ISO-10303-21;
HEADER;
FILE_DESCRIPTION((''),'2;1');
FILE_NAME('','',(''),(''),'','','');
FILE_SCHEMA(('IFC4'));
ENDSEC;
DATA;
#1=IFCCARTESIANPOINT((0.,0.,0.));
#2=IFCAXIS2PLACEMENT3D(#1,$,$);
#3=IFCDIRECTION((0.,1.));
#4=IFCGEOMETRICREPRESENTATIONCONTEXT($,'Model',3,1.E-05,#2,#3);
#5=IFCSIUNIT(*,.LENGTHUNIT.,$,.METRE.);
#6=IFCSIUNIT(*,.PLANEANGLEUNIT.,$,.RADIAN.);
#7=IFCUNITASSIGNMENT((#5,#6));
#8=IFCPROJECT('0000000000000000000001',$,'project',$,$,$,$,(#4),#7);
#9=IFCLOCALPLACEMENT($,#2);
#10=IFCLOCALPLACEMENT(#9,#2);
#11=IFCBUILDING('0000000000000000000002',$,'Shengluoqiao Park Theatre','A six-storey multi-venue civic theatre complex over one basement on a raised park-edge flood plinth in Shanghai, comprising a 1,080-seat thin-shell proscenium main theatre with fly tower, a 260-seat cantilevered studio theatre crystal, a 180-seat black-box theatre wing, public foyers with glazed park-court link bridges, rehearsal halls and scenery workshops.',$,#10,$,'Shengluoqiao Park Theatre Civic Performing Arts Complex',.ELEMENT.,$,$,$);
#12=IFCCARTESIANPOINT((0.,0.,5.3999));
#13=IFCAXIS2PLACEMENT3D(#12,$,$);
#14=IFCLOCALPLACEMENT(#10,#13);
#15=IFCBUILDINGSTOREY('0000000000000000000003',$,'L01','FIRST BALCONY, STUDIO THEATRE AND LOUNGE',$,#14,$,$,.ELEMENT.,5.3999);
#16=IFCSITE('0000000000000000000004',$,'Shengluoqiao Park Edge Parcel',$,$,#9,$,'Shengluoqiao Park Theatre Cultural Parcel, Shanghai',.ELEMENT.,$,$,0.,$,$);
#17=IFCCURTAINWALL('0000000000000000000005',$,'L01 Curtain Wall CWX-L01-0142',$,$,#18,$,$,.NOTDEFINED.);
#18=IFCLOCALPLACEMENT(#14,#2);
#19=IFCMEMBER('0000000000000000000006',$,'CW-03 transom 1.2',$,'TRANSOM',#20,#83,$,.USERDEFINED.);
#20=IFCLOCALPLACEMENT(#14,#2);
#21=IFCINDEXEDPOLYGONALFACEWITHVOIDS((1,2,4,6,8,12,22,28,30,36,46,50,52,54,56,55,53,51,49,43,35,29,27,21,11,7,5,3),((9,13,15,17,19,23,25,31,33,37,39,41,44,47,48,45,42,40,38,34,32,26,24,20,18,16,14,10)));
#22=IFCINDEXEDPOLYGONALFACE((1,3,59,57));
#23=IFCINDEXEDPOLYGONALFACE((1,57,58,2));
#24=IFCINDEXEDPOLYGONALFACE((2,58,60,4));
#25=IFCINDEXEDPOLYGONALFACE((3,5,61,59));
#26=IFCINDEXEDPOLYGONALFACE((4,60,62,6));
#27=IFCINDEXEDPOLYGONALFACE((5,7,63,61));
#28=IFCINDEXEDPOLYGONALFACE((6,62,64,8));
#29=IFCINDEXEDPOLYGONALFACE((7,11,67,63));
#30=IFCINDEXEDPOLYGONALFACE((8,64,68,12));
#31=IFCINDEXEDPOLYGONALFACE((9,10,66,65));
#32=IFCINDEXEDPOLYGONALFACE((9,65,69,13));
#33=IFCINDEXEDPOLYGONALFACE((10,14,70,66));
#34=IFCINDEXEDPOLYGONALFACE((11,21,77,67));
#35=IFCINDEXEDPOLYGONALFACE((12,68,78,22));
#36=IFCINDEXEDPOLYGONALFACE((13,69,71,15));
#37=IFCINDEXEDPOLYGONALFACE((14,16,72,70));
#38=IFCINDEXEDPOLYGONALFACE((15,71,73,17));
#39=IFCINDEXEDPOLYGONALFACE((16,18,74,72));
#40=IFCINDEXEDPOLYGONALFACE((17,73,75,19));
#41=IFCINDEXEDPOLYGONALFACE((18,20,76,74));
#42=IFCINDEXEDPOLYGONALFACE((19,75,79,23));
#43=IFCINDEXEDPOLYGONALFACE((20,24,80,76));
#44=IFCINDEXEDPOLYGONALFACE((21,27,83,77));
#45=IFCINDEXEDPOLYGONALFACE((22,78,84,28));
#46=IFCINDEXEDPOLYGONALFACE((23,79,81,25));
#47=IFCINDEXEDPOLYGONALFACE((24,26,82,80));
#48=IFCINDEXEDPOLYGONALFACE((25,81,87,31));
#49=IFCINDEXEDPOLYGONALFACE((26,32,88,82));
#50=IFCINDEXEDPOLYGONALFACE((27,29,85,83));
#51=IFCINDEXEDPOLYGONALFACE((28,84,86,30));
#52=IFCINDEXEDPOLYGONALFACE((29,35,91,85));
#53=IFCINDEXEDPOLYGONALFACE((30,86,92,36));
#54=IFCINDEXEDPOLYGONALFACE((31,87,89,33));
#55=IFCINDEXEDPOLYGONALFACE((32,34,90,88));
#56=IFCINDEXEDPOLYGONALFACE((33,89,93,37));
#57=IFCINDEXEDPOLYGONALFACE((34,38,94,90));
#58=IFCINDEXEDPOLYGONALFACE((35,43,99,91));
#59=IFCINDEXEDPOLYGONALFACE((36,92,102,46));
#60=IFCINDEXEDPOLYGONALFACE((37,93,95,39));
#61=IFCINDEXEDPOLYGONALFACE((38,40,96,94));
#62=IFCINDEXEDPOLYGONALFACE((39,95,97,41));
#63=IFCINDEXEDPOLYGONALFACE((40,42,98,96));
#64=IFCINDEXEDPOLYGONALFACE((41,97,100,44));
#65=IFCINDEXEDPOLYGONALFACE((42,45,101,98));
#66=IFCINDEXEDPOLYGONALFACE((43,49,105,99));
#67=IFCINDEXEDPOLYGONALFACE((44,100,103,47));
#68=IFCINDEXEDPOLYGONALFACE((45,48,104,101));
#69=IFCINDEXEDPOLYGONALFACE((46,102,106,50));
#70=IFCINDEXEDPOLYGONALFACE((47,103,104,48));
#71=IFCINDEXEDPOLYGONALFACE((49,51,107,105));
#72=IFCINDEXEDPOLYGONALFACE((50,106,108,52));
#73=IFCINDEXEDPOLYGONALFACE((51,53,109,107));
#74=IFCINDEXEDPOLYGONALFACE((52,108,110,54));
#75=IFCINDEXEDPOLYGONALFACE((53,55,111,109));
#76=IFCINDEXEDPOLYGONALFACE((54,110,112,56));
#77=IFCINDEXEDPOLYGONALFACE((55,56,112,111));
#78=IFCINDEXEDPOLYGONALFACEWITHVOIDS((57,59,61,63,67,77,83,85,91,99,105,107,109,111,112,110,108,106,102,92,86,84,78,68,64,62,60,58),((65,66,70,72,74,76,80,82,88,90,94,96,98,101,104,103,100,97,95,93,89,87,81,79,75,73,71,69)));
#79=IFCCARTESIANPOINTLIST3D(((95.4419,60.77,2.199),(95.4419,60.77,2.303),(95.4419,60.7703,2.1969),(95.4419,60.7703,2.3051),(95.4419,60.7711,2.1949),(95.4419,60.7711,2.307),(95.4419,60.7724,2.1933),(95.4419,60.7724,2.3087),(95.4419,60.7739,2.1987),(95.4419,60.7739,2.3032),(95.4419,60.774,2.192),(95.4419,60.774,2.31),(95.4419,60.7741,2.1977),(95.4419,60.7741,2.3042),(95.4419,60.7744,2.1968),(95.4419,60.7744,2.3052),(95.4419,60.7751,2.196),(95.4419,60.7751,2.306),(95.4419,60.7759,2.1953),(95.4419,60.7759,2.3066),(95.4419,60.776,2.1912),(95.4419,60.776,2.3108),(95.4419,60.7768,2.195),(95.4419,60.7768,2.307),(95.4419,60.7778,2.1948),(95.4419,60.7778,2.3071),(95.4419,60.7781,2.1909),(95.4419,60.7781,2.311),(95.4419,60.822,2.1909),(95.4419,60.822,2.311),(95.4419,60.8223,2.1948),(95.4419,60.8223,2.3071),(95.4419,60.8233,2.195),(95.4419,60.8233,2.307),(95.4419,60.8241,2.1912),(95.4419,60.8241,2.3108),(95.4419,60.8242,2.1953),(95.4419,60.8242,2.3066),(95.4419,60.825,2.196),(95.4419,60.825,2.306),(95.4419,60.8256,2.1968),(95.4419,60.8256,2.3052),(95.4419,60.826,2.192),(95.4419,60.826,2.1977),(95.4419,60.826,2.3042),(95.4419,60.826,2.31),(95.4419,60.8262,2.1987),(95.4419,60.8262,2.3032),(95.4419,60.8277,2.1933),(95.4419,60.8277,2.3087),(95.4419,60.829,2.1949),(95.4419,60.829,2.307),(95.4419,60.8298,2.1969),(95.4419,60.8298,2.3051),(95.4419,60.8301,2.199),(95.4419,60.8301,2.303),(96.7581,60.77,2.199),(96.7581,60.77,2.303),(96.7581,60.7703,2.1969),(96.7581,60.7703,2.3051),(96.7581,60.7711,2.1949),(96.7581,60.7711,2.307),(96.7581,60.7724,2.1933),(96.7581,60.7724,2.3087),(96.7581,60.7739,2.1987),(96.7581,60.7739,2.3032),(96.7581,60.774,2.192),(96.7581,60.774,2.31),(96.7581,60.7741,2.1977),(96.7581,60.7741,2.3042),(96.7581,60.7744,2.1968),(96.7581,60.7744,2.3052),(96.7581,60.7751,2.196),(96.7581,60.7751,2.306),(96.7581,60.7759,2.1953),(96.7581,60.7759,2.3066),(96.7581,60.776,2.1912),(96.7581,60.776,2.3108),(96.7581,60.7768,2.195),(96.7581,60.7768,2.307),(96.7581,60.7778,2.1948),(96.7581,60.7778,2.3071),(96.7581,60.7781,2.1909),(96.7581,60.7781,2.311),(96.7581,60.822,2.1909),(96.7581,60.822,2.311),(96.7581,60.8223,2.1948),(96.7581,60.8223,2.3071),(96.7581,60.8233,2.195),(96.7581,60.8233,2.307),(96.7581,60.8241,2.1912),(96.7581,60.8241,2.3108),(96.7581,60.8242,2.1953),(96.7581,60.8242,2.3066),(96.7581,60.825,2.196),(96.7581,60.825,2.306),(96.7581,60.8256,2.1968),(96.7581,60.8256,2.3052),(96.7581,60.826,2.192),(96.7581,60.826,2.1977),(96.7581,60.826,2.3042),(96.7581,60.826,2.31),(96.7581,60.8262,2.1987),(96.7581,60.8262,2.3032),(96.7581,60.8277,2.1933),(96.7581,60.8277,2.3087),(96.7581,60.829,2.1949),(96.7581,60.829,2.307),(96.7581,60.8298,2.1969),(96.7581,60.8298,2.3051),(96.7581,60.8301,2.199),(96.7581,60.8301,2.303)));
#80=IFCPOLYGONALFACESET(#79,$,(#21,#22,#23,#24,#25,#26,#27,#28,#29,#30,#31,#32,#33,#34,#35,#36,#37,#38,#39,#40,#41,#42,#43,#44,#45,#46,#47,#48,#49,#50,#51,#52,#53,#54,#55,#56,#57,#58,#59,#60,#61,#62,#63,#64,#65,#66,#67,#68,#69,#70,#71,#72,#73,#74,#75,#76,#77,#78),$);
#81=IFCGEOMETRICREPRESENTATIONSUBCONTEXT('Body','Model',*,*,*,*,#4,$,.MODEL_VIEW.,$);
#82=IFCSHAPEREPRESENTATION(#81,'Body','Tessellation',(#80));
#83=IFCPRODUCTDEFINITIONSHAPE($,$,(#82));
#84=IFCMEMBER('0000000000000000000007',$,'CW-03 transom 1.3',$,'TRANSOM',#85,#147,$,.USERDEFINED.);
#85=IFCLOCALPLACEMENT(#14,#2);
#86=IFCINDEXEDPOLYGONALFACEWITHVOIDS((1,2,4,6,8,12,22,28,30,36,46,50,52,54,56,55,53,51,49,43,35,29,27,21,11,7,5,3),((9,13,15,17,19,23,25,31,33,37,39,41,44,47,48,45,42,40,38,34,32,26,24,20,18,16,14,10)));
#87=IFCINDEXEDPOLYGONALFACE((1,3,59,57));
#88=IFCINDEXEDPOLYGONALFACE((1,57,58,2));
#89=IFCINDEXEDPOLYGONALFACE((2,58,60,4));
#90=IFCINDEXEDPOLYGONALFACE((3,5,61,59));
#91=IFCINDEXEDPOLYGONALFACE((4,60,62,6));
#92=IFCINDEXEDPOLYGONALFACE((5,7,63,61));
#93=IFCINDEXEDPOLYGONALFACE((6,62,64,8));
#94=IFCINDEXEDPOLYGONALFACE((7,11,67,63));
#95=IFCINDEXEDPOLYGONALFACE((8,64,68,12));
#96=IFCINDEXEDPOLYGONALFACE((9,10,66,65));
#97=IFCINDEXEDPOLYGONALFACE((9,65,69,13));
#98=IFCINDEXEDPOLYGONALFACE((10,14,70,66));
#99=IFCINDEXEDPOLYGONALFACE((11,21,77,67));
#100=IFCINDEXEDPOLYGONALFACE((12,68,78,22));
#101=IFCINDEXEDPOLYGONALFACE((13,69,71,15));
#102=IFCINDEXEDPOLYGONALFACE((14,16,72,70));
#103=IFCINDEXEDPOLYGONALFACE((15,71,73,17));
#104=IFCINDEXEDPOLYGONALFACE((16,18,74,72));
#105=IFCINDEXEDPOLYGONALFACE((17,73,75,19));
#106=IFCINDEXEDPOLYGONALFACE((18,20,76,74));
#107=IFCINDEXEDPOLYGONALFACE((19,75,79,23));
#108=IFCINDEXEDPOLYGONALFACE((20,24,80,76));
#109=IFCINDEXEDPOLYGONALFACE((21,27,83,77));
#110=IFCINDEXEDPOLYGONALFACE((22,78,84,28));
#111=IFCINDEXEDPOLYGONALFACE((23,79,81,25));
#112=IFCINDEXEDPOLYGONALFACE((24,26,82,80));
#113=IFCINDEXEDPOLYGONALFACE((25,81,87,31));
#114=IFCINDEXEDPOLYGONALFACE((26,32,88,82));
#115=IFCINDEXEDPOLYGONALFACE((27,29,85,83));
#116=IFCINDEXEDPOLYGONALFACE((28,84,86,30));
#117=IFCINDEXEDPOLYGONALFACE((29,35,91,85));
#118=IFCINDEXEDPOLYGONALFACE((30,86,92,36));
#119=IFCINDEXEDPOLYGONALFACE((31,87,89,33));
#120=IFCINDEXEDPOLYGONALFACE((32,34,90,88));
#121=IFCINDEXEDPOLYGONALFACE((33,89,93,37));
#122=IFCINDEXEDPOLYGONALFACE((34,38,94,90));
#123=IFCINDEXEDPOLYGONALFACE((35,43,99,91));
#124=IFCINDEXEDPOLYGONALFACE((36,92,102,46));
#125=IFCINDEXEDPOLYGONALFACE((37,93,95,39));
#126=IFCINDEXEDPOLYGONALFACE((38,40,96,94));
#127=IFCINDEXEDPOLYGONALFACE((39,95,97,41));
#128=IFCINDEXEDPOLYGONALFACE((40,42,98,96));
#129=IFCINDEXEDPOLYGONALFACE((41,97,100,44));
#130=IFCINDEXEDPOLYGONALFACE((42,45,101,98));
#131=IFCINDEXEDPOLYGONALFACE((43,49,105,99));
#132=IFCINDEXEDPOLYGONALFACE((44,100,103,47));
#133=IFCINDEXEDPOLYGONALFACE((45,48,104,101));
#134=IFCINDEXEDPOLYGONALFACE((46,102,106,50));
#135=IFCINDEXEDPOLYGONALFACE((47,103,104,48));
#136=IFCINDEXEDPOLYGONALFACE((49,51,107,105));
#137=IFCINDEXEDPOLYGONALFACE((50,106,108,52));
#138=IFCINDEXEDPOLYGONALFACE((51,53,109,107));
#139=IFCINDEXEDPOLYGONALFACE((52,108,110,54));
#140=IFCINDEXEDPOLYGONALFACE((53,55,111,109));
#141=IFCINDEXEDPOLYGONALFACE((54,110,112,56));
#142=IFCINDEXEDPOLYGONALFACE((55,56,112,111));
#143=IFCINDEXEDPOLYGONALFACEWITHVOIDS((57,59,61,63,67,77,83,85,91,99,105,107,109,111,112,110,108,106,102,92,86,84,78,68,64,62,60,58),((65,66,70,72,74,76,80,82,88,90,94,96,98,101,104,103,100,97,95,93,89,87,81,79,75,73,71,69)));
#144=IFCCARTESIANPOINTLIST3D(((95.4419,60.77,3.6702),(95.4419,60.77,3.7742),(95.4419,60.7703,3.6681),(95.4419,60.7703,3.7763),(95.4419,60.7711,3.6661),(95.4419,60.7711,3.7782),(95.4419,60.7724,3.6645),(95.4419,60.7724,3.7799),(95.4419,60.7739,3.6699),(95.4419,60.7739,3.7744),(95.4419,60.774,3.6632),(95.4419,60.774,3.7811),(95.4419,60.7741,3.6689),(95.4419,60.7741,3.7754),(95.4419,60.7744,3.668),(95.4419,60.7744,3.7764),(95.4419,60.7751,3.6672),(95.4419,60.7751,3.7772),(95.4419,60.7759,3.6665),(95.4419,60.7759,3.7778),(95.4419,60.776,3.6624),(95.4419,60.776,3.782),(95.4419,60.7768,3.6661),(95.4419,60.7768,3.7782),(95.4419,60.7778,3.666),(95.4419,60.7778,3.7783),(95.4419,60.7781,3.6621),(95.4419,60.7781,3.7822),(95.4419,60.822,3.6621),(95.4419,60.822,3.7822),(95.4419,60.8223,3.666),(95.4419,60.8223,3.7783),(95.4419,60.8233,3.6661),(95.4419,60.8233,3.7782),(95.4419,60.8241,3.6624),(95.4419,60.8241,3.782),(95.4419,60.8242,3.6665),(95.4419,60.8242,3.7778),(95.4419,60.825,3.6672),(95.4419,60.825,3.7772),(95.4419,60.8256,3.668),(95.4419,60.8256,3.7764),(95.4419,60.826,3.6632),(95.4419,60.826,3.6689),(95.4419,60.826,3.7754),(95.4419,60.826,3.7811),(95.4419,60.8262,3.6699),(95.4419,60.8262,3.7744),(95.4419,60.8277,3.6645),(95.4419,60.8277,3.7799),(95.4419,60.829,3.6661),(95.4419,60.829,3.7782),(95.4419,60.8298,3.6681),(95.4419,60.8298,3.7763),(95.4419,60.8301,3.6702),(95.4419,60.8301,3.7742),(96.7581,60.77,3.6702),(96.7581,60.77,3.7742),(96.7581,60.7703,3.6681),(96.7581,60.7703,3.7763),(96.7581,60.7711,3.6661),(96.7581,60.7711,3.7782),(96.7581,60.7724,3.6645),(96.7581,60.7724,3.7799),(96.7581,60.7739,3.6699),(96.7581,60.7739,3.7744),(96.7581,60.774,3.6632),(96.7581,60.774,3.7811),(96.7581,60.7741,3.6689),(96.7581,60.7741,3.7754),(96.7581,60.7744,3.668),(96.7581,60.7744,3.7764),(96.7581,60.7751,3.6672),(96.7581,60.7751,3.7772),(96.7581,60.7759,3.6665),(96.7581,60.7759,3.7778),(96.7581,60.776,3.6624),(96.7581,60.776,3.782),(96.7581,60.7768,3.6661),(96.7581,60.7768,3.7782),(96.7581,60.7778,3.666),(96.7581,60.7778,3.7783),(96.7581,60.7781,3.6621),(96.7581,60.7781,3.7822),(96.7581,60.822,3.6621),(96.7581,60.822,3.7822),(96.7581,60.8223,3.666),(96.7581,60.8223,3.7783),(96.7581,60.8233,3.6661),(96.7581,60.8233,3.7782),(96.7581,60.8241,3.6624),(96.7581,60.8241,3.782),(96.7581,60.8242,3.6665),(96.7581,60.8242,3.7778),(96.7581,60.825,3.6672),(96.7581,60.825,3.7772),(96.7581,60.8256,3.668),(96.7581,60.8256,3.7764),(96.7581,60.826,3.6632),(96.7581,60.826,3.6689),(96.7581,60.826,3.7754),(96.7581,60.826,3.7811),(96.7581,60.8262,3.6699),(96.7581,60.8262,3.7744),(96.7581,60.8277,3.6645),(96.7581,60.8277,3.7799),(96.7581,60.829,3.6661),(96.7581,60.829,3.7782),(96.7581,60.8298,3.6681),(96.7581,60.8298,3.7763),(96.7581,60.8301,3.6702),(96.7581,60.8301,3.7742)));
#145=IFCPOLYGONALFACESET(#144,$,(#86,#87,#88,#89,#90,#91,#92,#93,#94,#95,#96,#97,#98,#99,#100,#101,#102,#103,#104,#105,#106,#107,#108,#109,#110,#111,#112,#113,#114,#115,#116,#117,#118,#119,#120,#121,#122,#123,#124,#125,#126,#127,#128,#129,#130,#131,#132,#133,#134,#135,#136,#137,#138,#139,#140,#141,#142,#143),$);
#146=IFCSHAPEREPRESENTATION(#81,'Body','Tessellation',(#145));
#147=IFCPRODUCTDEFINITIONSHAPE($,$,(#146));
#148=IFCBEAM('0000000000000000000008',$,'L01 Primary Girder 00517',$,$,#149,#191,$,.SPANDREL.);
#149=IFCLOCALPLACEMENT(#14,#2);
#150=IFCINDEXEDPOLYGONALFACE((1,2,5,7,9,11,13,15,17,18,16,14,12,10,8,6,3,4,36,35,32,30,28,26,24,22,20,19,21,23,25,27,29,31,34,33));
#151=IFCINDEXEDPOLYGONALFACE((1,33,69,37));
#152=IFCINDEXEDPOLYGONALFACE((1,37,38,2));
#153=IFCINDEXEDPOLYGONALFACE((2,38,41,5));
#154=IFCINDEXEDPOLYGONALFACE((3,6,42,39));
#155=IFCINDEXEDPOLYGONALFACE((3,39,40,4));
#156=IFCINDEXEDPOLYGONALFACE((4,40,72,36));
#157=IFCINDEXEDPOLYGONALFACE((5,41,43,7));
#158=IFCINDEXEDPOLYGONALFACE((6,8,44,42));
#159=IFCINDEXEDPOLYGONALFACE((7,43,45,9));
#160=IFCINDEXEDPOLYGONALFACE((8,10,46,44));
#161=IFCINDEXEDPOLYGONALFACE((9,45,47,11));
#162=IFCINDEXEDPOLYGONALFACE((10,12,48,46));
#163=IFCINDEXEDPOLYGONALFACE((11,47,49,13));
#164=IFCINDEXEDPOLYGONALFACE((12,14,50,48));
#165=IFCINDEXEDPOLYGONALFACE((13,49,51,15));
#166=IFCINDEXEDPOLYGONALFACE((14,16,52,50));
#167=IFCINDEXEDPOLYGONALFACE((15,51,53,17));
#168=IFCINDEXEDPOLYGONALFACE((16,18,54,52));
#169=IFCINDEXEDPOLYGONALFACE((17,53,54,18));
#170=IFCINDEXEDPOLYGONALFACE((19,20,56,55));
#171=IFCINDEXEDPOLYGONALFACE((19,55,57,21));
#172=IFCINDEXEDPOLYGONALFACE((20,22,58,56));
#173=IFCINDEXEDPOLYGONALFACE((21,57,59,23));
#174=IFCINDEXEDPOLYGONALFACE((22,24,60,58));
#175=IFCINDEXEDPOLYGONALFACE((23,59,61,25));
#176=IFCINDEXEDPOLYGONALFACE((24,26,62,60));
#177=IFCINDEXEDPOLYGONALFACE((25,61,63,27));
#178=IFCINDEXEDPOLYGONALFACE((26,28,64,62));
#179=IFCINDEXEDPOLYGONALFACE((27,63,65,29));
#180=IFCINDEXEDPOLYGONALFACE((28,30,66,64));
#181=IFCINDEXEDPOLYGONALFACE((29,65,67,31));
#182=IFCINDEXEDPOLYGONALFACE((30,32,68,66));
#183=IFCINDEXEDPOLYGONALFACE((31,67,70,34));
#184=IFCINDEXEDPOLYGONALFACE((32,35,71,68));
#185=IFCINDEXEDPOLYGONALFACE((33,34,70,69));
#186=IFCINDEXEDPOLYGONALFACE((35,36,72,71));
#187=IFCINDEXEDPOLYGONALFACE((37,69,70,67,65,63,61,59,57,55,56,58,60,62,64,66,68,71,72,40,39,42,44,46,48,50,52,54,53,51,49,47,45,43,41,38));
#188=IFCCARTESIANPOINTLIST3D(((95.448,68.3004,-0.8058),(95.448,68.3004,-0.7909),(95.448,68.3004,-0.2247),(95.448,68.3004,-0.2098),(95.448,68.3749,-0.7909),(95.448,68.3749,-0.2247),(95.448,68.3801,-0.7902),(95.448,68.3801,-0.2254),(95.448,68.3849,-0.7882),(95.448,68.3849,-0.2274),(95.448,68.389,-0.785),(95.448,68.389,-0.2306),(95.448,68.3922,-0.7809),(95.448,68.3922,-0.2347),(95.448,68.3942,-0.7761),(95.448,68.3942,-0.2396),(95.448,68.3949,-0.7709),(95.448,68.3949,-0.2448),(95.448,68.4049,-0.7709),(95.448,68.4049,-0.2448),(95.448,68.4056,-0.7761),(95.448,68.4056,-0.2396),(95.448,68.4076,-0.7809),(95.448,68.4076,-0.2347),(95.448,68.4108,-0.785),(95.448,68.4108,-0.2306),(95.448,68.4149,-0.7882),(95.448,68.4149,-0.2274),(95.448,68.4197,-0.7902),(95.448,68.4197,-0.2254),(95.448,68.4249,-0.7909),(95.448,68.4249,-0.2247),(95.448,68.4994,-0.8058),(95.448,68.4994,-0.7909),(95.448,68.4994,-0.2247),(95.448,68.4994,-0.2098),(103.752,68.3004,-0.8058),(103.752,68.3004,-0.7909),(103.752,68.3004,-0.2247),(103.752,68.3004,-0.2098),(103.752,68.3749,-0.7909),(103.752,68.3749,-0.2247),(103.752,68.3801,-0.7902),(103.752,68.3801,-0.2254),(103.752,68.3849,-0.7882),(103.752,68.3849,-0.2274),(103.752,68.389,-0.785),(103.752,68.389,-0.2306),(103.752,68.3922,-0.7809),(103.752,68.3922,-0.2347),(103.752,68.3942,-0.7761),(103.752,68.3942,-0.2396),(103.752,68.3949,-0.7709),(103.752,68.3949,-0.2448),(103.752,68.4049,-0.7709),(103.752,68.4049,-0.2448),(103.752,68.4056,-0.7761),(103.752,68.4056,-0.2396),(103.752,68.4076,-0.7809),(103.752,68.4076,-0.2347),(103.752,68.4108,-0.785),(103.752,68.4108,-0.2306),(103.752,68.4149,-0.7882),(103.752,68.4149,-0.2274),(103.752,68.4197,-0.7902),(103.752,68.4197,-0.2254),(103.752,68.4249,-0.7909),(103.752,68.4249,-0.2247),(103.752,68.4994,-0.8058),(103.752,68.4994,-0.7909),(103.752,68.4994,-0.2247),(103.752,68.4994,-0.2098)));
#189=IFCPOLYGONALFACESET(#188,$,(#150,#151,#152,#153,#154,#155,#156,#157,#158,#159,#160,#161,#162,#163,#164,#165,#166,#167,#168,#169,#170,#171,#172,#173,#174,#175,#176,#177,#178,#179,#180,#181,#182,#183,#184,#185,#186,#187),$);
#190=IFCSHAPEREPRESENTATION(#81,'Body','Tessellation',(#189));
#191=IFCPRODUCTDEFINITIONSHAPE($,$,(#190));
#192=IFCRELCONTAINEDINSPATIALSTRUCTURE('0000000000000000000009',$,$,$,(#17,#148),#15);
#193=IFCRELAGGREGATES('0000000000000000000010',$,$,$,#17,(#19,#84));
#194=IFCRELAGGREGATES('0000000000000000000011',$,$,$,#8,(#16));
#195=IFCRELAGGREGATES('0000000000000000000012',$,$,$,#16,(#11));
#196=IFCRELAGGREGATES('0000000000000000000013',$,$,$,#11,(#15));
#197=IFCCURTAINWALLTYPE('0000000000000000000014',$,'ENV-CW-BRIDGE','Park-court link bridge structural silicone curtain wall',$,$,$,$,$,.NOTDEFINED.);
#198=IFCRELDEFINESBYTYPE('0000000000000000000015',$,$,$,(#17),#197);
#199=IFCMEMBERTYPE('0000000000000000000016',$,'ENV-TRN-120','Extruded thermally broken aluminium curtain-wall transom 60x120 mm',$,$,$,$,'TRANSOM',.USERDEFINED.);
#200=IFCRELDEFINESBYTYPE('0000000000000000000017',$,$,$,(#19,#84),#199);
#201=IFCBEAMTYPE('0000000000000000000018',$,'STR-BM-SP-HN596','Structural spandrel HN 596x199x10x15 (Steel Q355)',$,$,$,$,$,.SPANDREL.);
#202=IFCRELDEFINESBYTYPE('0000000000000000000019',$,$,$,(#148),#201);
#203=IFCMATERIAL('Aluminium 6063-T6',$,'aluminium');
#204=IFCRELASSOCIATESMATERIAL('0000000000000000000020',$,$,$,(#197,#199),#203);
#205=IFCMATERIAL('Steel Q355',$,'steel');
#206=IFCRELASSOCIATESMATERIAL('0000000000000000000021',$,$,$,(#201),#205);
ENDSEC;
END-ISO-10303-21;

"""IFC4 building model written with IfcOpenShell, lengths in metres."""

from ifc_helpers import new_model, si_unit, direction, frame, origin, origin_2d, place, context, subcontext, project, spatial, hollow_rectangle, i_section, extrude, material, material_profile, profile_set, type_object, element, aggregate, save


model = new_model("IFC4")

# Units and contexts
model_context = context("Model", 3, precision=1e-05, world=origin(), true_north=direction((0.0, 1.0)))
body_context = subcontext(model_context, "Body", "Model", "MODEL_VIEW")
ifc_project = project(units=[si_unit("LENGTHUNIT", "METRE"), si_unit("PLANEANGLEUNIT", "RADIAN")], contexts=[model_context])

# Site, building, storey
site_placement = place(None, origin())
site = spatial("IfcSite", under=ifc_project, at=site_placement, Name="Shengluoqiao Park Edge Parcel", LongName="Shengluoqiao Park Theatre Cultural Parcel, Shanghai", CompositionType="ELEMENT", RefElevation=0.0)
building_placement = place(site_placement, origin())
building = spatial("IfcBuilding", under=site, at=building_placement, Name="Shengluoqiao Park Theatre", Description="A six-storey multi-venue civic theatre complex over one basement on a raised park-edge flood plinth in Shanghai, comprising a 1,080-seat thin-shell proscenium main theatre with fly tower, a 260-seat cantilevered studio theatre crystal, a 180-seat black-box theatre wing, public foyers with glazed park-court link bridges, rehearsal halls and scenery workshops.", LongName="Shengluoqiao Park Theatre Civic Performing Arts Complex", CompositionType="ELEMENT")
storey_placement = place(building_placement, frame((0.0, 0.0, 5.3999)))
storey = spatial("IfcBuildingStorey", under=building, at=storey_placement, Name="L01", Description="FIRST BALCONY, STUDIO THEATRE AND LOUNGE", CompositionType="ELEMENT", Elevation=5.3999)

# Shared definitions
ifc_material_1 = material(Name="Steel Q355", Category="steel")

# Shared definitions
ifc_material_2 = material(Name="Aluminium 6063-T6", Category="aluminium")
curtain_wall_type = type_object("IfcCurtainWallType", Name="ENV-CW-BRIDGE", Description="Park-court link bridge structural silicone curtain wall", PredefinedType="NOTDEFINED", material=ifc_material_2)

# Curtain wall
curtain_wall_1_placement = place(storey_placement, origin())
curtain_wall_1 = element("IfcCurtainWall", 1, at=curtain_wall_1_placement, inside=storey, type_object=curtain_wall_type, Name="L01 Curtain Wall CWX-L01-0142", PredefinedType="NOTDEFINED")

# Members
ifc_material_profile_1 = material_profile(ifc_material_2, hollow_rectangle(XDim=0.0601, YDim=0.1201, WallThickness=0.0039, InnerFilletRadius=0.0039, OuterFilletRadius=0.0081, at=origin_2d()), Name="ALU TRANSOM 120x60x4")
ifc_profile_set_1 = profile_set([ifc_material_profile_1], Name="Aluminium 6063-T6")
member_type_1 = type_object("IfcMemberType", Name="ENV-TRN-120", Description="Extruded thermally broken aluminium curtain-wall transom 60x120 mm", ElementType="TRANSOM", PredefinedType="USERDEFINED", material=ifc_profile_set_1)
member_1_placement = place(storey_placement, frame((95.4419, 60.8, 2.251), z_axis=(1.0, 0.0, 0.0), x_axis=(0.0, 1.0, 0.0)))
member_1 = element("IfcMember", 2, at=member_1_placement, type_object=member_type_1, Name="CW-03 transom 1.2", ObjectType="TRANSOM", PredefinedType="USERDEFINED", context=body_context, shape_type="SweptSolid", body=[
    extrude(hollow_rectangle(XDim=0.0601, YDim=0.1201, WallThickness=0.0039, InnerFilletRadius=0.0039, OuterFilletRadius=0.0081, at=origin_2d()), origin(), (0.0, 0.0, 1.0), 1.3162),
])
member_2_placement = place(storey_placement, frame((95.4419, 60.8, 3.7222), z_axis=(1.0, 0.0, 0.0), x_axis=(0.0, 1.0, 0.0)))
member_2 = element("IfcMember", 3, at=member_2_placement, type_object=member_type_1, Name="CW-03 transom 1.3", ObjectType="TRANSOM", PredefinedType="USERDEFINED", context=body_context, shape_type="SweptSolid", body=[
    extrude(hollow_rectangle(XDim=0.0601, YDim=0.1201, WallThickness=0.0039, InnerFilletRadius=0.0039, OuterFilletRadius=0.0081, at=origin_2d()), origin(), (0.0, 0.0, 1.0), 1.3162),
])

# Beam
ifc_material_profile_2 = material_profile(ifc_material_1, i_section(OverallWidth=0.199, OverallDepth=0.5959, WebThickness=0.01, FlangeThickness=0.0149, FilletRadius=0.02, at=origin_2d()), Name="HN 596x199x10x15")
ifc_profile_set_2 = profile_set([ifc_material_profile_2], Name="Steel Q355")
beam_type = type_object("IfcBeamType", Name="STR-BM-SP-HN596", Description="Structural spandrel HN 596x199x10x15 (Steel Q355)", PredefinedType="SPANDREL", material=ifc_profile_set_2)
beam_1_placement = place(storey_placement, frame((95.448, 68.3999, -0.5078), z_axis=(1.0, 0.0, 0.0), x_axis=(0.0, 1.0, 0.0)))
element("IfcBeam", 4, at=beam_1_placement, inside=storey, type_object=beam_type, Name="L01 Primary Girder 00517", PredefinedType="SPANDREL", context=body_context, shape_type="SweptSolid", body=[
    extrude(i_section(OverallWidth=0.199, OverallDepth=0.5959, WebThickness=0.01, FlangeThickness=0.0149, FilletRadius=0.02, at=origin_2d()), origin(), (0.0, 0.0, 1.0), 8.304),
])

aggregate(curtain_wall_1, [member_1, member_2])

save(model, "model.ifc")
